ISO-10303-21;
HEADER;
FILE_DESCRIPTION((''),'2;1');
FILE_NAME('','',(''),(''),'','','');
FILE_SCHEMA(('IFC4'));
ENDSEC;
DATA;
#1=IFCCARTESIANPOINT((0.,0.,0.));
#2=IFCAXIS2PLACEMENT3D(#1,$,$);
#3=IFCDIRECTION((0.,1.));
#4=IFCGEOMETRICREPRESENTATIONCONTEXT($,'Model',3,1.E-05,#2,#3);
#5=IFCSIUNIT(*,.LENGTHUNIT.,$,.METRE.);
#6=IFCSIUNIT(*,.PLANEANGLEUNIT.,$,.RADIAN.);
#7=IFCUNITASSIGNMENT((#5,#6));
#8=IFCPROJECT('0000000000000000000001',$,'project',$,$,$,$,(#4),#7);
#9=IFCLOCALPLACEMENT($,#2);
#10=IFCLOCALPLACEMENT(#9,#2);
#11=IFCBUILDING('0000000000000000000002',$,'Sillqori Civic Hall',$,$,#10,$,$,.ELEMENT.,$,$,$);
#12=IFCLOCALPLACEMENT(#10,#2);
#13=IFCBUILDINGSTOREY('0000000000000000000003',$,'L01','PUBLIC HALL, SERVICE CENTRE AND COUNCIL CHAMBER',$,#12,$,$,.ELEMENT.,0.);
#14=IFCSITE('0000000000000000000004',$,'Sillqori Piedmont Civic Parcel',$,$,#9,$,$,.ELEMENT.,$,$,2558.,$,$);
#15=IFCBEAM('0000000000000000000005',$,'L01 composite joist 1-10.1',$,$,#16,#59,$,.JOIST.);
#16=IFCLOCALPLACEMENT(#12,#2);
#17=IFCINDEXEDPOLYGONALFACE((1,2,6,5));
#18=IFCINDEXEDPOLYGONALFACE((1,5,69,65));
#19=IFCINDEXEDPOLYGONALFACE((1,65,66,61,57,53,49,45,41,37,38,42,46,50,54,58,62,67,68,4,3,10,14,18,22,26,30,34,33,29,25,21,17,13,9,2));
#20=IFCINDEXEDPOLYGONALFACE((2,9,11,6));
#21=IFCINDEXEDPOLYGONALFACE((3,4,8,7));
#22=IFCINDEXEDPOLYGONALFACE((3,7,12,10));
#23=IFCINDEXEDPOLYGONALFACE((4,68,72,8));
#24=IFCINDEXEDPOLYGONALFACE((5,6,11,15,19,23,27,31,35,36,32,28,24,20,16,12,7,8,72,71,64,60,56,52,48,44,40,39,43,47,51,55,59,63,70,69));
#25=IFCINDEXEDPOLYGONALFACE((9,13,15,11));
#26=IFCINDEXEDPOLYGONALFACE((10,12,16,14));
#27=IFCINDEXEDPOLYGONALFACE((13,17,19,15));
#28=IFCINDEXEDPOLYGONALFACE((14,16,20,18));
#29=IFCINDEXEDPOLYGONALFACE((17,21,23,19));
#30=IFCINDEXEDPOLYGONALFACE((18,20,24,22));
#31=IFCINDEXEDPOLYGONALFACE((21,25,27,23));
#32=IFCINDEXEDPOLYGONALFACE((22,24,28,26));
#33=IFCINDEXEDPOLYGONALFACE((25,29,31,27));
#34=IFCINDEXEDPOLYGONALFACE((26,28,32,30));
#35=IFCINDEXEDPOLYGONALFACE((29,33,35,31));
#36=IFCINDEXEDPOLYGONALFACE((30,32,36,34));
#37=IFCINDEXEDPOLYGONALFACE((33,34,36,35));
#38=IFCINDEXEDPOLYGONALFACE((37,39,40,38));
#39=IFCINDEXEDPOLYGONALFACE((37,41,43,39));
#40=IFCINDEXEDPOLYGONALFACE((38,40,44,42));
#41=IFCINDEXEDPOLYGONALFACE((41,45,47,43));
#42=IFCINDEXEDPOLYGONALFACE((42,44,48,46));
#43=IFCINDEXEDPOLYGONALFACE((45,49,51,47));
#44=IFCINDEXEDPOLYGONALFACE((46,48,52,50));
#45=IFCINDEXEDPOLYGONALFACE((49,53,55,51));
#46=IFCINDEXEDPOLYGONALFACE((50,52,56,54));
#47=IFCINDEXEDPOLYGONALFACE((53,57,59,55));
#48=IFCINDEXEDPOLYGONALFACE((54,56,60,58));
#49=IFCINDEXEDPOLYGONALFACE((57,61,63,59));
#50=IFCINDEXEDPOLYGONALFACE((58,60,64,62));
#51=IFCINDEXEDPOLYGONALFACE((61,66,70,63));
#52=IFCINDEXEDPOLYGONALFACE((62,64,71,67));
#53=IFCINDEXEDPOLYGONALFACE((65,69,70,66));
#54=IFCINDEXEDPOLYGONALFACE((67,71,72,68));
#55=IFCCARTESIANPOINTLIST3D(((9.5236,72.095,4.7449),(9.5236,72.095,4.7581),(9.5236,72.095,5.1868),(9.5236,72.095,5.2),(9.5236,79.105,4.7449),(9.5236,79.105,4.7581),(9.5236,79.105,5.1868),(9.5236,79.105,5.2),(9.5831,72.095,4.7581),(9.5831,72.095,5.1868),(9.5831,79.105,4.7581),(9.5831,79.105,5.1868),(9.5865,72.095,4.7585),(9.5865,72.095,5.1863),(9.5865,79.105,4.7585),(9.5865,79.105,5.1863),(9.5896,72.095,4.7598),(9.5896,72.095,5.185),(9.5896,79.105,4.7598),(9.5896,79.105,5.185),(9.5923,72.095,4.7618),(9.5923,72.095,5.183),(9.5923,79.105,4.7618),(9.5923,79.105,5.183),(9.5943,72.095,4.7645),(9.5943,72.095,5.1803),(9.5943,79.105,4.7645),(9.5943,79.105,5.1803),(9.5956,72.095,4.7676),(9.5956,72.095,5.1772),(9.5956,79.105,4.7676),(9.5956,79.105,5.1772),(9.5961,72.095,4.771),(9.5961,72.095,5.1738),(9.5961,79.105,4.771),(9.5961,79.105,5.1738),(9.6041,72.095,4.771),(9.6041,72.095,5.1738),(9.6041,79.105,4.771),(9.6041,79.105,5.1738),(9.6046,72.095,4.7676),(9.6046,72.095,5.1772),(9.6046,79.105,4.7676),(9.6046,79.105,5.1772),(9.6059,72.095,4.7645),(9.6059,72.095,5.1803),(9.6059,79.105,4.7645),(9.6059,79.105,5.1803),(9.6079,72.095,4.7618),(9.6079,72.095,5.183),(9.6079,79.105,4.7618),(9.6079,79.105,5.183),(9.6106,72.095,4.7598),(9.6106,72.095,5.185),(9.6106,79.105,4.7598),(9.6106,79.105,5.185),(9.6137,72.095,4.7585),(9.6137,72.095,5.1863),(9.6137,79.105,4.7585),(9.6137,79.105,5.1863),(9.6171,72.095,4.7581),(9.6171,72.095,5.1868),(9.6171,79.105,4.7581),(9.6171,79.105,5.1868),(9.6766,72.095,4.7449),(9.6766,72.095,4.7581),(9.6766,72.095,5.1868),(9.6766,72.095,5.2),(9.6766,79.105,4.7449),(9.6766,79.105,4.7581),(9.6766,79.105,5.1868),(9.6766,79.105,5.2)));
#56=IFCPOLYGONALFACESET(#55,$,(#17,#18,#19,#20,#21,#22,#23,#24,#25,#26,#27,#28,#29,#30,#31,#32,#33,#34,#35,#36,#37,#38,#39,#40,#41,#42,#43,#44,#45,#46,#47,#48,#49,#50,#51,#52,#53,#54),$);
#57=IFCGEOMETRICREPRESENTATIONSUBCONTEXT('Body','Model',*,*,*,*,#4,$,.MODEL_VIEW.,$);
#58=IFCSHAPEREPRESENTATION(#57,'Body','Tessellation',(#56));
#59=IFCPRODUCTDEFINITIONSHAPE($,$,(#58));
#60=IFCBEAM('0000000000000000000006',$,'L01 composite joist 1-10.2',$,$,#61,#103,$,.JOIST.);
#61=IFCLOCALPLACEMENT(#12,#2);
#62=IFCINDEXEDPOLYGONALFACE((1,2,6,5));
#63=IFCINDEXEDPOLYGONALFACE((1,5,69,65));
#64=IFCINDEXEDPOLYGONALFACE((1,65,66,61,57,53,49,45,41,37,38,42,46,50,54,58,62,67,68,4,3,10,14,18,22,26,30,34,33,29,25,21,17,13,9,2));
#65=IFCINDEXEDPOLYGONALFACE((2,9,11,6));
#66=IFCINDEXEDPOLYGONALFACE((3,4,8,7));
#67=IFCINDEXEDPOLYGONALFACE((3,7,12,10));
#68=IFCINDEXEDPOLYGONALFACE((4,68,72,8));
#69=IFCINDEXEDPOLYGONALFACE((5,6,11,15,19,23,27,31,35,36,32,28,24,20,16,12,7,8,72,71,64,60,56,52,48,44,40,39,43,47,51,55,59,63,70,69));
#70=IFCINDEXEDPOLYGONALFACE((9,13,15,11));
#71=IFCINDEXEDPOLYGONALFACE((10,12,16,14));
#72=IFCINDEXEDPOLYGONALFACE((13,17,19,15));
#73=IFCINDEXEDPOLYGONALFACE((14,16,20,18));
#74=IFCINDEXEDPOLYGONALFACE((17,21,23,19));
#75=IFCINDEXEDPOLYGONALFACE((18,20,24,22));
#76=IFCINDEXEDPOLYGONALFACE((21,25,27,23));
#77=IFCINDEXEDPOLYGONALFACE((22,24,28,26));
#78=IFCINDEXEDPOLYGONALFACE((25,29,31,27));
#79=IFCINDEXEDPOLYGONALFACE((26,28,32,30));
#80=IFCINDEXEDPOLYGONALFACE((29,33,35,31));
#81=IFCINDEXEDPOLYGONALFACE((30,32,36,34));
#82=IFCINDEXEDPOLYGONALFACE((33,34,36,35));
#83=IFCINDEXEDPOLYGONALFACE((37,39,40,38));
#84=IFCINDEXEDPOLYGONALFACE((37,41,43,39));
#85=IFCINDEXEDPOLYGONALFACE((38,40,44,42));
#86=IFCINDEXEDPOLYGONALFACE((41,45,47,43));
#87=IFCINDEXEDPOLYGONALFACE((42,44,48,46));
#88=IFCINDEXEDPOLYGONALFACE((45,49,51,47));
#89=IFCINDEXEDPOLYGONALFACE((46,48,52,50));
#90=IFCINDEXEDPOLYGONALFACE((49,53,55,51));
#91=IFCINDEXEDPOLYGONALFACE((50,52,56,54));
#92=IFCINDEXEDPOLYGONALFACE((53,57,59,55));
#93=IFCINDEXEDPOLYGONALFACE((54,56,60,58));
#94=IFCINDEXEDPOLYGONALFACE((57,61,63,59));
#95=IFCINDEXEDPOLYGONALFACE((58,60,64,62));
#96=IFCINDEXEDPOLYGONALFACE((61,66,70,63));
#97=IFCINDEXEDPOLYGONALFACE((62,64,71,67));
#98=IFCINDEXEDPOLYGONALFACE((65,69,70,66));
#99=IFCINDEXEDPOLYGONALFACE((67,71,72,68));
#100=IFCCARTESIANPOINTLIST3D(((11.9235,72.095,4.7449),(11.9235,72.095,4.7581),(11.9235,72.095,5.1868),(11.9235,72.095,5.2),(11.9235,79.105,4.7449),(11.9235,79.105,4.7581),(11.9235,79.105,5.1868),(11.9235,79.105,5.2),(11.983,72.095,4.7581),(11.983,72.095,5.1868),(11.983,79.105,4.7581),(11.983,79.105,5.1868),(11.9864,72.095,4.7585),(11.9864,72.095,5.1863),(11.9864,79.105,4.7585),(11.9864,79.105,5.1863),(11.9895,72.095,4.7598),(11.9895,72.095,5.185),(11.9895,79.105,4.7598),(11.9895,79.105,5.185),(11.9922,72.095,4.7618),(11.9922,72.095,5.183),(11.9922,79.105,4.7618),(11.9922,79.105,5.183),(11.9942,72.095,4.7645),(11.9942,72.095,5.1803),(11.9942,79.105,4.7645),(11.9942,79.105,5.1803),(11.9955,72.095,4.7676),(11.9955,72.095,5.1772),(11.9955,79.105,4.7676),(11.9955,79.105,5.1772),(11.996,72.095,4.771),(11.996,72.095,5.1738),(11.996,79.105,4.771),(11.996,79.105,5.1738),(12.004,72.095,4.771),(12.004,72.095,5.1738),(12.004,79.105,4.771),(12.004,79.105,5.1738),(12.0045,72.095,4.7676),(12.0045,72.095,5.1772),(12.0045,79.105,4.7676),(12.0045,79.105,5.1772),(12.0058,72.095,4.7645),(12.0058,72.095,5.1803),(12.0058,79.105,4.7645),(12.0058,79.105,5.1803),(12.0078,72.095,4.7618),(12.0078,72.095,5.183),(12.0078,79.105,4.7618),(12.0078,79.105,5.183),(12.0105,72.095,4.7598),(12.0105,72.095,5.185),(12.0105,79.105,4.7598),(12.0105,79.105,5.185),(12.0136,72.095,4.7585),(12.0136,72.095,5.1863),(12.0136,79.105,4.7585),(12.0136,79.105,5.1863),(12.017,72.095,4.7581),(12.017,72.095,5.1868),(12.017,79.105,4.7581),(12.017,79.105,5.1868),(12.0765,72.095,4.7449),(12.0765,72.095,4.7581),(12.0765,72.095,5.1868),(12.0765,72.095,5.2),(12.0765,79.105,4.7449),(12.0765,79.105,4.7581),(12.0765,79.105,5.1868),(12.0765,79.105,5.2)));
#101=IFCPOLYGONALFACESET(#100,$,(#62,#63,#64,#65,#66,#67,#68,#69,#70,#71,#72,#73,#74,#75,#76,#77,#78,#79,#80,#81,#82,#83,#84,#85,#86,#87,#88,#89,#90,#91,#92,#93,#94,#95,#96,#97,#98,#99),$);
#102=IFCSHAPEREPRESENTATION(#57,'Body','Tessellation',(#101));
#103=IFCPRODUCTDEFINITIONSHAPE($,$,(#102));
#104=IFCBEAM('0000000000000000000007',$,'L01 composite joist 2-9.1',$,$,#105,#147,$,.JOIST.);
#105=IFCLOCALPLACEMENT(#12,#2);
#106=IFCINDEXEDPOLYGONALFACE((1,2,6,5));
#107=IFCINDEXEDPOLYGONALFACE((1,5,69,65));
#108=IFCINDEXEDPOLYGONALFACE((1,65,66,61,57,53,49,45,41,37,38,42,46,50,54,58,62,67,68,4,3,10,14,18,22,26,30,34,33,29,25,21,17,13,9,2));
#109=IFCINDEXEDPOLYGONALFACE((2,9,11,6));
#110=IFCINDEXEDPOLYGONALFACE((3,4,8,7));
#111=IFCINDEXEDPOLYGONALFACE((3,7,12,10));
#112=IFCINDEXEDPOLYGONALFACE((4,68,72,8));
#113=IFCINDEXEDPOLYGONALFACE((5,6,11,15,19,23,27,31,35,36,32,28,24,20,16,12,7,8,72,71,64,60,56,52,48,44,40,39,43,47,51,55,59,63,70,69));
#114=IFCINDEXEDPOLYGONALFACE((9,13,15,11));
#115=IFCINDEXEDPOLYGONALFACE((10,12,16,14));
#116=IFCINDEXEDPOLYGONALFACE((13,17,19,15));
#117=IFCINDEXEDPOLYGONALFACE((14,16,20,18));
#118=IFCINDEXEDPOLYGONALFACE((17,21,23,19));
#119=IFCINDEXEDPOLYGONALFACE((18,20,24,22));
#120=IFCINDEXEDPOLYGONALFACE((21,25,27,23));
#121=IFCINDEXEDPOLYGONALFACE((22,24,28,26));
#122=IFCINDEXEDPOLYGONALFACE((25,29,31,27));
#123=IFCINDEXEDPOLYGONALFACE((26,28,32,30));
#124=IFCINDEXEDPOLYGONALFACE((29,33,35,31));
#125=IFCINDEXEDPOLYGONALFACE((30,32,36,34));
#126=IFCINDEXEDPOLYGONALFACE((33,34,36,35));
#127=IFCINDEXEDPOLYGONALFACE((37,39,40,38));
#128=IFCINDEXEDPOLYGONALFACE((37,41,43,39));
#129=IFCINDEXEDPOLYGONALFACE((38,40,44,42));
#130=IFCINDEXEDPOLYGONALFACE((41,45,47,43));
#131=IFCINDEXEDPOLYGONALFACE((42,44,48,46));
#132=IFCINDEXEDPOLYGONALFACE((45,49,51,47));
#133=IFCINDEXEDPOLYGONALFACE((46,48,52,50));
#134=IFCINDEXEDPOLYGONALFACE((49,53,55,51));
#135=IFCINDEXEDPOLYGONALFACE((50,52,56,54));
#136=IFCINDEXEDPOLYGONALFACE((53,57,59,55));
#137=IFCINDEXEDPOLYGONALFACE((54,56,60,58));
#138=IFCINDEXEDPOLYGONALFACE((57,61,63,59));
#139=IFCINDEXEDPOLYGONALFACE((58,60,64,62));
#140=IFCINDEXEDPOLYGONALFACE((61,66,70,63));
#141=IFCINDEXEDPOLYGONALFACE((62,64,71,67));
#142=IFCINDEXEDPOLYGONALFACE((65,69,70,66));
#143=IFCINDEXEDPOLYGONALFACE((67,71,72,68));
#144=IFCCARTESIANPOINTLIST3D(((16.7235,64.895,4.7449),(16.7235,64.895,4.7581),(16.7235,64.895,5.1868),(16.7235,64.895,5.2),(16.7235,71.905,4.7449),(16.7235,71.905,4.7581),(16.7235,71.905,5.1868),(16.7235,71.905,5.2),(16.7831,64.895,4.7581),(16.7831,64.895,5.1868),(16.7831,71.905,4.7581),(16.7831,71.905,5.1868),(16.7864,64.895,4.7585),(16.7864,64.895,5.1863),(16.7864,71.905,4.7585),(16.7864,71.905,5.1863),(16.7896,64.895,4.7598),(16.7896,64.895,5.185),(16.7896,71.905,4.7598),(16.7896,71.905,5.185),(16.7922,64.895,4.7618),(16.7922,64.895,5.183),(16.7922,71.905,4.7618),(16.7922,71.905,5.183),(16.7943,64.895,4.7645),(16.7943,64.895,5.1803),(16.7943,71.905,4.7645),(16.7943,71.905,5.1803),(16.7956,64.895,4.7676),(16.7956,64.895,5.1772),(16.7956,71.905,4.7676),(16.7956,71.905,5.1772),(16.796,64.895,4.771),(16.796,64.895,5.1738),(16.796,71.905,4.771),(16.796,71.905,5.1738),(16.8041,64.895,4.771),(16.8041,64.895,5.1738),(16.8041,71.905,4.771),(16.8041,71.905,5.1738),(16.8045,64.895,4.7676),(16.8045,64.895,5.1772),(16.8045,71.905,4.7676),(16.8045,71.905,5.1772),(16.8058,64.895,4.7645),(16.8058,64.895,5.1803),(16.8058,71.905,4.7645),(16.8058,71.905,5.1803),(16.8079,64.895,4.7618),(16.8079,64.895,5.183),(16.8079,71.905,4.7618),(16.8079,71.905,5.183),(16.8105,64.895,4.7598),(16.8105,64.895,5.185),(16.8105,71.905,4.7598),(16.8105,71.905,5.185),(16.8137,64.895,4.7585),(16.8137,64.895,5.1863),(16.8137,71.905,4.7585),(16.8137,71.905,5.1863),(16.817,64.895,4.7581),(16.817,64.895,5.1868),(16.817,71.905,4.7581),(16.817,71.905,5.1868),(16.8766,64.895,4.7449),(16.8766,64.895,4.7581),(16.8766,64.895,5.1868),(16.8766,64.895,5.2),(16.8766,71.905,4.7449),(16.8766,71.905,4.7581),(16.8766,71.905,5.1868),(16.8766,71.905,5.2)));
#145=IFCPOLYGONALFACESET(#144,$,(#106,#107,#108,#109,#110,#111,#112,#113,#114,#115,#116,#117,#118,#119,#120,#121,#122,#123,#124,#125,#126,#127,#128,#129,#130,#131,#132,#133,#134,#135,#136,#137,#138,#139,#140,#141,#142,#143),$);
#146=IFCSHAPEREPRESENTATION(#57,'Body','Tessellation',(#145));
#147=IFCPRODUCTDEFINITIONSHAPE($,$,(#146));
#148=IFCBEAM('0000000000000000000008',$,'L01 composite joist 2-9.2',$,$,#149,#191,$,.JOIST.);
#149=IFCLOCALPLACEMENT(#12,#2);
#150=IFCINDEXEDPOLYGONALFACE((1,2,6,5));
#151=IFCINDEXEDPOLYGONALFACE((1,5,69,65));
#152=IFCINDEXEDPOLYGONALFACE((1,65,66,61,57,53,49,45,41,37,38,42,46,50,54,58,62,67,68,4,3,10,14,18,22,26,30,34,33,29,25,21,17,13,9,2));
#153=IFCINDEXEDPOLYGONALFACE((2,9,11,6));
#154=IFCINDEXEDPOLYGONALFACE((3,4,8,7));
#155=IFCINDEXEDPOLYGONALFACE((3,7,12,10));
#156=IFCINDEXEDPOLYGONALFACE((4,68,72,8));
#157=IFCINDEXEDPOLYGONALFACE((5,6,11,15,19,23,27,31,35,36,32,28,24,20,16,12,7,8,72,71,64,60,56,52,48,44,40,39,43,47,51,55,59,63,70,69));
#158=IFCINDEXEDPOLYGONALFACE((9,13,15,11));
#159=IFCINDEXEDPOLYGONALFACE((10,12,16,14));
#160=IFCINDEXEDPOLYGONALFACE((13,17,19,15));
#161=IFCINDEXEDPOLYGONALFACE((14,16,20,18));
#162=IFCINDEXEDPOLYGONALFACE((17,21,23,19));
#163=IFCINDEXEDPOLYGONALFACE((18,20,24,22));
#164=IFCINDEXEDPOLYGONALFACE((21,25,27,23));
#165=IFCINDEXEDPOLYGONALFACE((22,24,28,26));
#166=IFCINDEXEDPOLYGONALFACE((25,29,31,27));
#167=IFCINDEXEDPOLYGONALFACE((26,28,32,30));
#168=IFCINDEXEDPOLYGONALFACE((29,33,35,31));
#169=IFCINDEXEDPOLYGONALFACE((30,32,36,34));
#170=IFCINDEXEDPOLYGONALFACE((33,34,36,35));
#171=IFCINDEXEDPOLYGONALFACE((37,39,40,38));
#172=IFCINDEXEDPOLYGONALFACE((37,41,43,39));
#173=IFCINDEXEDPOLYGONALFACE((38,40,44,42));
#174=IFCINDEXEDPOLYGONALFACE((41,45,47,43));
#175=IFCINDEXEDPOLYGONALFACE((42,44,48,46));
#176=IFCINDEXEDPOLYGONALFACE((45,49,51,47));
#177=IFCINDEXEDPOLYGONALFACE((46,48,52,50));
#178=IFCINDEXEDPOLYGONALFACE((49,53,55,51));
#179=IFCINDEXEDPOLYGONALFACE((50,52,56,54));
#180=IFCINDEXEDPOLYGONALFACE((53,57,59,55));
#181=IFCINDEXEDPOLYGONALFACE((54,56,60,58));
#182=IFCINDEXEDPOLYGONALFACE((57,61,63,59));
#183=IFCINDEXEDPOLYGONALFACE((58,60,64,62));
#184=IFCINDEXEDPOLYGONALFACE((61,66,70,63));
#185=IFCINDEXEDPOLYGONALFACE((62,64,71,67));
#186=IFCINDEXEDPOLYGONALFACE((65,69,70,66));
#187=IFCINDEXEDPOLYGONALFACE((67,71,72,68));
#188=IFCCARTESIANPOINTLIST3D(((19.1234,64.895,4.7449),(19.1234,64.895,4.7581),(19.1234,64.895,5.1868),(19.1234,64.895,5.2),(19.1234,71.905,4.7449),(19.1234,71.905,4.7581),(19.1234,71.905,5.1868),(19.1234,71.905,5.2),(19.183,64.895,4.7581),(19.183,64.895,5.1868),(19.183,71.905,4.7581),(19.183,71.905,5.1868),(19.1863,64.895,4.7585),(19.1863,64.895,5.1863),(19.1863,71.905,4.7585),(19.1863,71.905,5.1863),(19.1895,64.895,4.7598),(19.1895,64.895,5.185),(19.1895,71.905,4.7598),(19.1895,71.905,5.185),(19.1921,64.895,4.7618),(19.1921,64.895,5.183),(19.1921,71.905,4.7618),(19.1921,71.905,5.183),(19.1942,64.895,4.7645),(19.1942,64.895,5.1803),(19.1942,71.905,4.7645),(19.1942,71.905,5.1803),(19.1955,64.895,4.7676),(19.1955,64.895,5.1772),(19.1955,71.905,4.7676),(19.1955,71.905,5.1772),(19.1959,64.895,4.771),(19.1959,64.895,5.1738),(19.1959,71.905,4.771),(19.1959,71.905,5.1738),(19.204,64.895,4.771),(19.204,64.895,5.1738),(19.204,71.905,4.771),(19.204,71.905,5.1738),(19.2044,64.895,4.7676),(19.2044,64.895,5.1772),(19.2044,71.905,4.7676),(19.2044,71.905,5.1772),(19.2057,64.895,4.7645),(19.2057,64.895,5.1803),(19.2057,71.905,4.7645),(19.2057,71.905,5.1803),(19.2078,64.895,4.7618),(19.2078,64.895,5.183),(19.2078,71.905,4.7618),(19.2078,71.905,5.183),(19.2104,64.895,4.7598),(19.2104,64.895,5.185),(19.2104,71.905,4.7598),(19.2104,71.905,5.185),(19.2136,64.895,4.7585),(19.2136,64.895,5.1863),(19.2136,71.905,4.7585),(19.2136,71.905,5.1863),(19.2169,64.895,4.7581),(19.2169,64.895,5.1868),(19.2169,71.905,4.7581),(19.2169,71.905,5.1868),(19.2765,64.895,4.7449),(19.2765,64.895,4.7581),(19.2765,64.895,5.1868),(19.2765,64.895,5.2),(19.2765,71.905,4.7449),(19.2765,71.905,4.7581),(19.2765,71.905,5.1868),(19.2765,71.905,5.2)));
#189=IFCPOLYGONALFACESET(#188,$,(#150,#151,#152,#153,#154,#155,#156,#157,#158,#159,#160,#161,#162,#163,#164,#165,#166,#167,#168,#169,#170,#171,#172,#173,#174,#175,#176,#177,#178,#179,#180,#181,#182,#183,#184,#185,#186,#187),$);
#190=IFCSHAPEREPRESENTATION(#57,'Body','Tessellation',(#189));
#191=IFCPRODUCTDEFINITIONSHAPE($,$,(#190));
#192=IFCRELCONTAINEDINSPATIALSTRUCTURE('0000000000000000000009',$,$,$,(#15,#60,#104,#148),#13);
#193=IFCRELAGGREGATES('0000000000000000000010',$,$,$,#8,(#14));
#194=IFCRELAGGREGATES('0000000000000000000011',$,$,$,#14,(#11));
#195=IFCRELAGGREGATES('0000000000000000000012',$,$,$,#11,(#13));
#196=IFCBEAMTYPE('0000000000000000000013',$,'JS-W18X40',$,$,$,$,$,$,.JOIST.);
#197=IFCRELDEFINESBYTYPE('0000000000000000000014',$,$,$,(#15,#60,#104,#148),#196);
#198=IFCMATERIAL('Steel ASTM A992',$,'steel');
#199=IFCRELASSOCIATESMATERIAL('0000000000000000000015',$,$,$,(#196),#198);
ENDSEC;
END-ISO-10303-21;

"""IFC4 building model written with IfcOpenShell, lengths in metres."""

from ifc_helpers import new_model, si_unit, direction, frame, origin, origin_2d, place, context, subcontext, project, spatial, i_section, extrude, material, material_profile, profile_set, type_object, element, save


model = new_model("IFC4")

# Units and contexts
model_context = context("Model", 3, precision=1e-05, world=origin(), true_north=direction((0.0, 1.0)))
body_context = subcontext(model_context, "Body", "Model", "MODEL_VIEW")
ifc_project = project(units=[si_unit("LENGTHUNIT", "METRE"), si_unit("PLANEANGLEUNIT", "RADIAN")], contexts=[model_context])

# Site, building, storey
site_placement = place(None, origin())
site = spatial("IfcSite", under=ifc_project, at=site_placement, Name="Sillqori Piedmont Civic Parcel", CompositionType="ELEMENT", RefElevation=2558.0)
building_placement = place(site_placement, origin())
building = spatial("IfcBuilding", under=site, at=building_placement, Name="Sillqori Civic Hall", CompositionType="ELEMENT")
storey_placement = place(building_placement, origin())
storey = spatial("IfcBuildingStorey", under=building, at=storey_placement, Name="L01", Description="PUBLIC HALL, SERVICE CENTRE AND COUNCIL CHAMBER", CompositionType="ELEMENT", Elevation=0.0)

# Shared definitions
ifc_material_1 = material(Name="Steel ASTM A992", Category="steel")

# Beams
ifc_material_profile_1 = material_profile(ifc_material_1, i_section(OverallWidth=0.1531, OverallDepth=0.4551, WebThickness=0.0081, FlangeThickness=0.0132, FilletRadius=0.0129, at=origin_2d()), Name="W18X40")
ifc_profile_set_1 = profile_set([ifc_material_profile_1], Name="Steel ASTM A992")
beam_type_1 = type_object("IfcBeamType", Name="JS-W18X40", PredefinedType="JOIST", material=ifc_profile_set_1)
for number, where, z_axis, x_axis, name in (
    (1, (9.6001, 72.095, 4.9724), (0.0, 1.0, 0.0), (-1.0, 0.0, 0.0), "L01 composite joist 1-10.1"),
    (2, (12.0, 72.095, 4.9724), (0.0, 1.0, 0.0), (-1.0, 0.0, 0.0), "L01 composite joist 1-10.2"),
    (3, (16.8, 64.895, 4.9724), (0.0, 1.0, 0.0), (-1.0, 0.0, 0.0), "L01 composite joist 2-9.1"),
    (4, (19.2, 64.895, 4.9724), (0.0, 1.0, 0.0), (-1.0, 0.0, 0.0), "L01 composite joist 2-9.2"),
):
    element("IfcBeam", number, at=place(storey_placement, frame(where, z_axis=z_axis, x_axis=x_axis)), inside=storey, type_object=beam_type_1, Name=name, PredefinedType="JOIST", context=body_context, shape_type="SweptSolid", body=[
        extrude(i_section(OverallWidth=0.1531, OverallDepth=0.4551, WebThickness=0.0081, FlangeThickness=0.0132, FilletRadius=0.0129, at=origin_2d()), origin(), (0.0, 0.0, 1.0), 7.01),
    ])

save(model, "model.ifc")
